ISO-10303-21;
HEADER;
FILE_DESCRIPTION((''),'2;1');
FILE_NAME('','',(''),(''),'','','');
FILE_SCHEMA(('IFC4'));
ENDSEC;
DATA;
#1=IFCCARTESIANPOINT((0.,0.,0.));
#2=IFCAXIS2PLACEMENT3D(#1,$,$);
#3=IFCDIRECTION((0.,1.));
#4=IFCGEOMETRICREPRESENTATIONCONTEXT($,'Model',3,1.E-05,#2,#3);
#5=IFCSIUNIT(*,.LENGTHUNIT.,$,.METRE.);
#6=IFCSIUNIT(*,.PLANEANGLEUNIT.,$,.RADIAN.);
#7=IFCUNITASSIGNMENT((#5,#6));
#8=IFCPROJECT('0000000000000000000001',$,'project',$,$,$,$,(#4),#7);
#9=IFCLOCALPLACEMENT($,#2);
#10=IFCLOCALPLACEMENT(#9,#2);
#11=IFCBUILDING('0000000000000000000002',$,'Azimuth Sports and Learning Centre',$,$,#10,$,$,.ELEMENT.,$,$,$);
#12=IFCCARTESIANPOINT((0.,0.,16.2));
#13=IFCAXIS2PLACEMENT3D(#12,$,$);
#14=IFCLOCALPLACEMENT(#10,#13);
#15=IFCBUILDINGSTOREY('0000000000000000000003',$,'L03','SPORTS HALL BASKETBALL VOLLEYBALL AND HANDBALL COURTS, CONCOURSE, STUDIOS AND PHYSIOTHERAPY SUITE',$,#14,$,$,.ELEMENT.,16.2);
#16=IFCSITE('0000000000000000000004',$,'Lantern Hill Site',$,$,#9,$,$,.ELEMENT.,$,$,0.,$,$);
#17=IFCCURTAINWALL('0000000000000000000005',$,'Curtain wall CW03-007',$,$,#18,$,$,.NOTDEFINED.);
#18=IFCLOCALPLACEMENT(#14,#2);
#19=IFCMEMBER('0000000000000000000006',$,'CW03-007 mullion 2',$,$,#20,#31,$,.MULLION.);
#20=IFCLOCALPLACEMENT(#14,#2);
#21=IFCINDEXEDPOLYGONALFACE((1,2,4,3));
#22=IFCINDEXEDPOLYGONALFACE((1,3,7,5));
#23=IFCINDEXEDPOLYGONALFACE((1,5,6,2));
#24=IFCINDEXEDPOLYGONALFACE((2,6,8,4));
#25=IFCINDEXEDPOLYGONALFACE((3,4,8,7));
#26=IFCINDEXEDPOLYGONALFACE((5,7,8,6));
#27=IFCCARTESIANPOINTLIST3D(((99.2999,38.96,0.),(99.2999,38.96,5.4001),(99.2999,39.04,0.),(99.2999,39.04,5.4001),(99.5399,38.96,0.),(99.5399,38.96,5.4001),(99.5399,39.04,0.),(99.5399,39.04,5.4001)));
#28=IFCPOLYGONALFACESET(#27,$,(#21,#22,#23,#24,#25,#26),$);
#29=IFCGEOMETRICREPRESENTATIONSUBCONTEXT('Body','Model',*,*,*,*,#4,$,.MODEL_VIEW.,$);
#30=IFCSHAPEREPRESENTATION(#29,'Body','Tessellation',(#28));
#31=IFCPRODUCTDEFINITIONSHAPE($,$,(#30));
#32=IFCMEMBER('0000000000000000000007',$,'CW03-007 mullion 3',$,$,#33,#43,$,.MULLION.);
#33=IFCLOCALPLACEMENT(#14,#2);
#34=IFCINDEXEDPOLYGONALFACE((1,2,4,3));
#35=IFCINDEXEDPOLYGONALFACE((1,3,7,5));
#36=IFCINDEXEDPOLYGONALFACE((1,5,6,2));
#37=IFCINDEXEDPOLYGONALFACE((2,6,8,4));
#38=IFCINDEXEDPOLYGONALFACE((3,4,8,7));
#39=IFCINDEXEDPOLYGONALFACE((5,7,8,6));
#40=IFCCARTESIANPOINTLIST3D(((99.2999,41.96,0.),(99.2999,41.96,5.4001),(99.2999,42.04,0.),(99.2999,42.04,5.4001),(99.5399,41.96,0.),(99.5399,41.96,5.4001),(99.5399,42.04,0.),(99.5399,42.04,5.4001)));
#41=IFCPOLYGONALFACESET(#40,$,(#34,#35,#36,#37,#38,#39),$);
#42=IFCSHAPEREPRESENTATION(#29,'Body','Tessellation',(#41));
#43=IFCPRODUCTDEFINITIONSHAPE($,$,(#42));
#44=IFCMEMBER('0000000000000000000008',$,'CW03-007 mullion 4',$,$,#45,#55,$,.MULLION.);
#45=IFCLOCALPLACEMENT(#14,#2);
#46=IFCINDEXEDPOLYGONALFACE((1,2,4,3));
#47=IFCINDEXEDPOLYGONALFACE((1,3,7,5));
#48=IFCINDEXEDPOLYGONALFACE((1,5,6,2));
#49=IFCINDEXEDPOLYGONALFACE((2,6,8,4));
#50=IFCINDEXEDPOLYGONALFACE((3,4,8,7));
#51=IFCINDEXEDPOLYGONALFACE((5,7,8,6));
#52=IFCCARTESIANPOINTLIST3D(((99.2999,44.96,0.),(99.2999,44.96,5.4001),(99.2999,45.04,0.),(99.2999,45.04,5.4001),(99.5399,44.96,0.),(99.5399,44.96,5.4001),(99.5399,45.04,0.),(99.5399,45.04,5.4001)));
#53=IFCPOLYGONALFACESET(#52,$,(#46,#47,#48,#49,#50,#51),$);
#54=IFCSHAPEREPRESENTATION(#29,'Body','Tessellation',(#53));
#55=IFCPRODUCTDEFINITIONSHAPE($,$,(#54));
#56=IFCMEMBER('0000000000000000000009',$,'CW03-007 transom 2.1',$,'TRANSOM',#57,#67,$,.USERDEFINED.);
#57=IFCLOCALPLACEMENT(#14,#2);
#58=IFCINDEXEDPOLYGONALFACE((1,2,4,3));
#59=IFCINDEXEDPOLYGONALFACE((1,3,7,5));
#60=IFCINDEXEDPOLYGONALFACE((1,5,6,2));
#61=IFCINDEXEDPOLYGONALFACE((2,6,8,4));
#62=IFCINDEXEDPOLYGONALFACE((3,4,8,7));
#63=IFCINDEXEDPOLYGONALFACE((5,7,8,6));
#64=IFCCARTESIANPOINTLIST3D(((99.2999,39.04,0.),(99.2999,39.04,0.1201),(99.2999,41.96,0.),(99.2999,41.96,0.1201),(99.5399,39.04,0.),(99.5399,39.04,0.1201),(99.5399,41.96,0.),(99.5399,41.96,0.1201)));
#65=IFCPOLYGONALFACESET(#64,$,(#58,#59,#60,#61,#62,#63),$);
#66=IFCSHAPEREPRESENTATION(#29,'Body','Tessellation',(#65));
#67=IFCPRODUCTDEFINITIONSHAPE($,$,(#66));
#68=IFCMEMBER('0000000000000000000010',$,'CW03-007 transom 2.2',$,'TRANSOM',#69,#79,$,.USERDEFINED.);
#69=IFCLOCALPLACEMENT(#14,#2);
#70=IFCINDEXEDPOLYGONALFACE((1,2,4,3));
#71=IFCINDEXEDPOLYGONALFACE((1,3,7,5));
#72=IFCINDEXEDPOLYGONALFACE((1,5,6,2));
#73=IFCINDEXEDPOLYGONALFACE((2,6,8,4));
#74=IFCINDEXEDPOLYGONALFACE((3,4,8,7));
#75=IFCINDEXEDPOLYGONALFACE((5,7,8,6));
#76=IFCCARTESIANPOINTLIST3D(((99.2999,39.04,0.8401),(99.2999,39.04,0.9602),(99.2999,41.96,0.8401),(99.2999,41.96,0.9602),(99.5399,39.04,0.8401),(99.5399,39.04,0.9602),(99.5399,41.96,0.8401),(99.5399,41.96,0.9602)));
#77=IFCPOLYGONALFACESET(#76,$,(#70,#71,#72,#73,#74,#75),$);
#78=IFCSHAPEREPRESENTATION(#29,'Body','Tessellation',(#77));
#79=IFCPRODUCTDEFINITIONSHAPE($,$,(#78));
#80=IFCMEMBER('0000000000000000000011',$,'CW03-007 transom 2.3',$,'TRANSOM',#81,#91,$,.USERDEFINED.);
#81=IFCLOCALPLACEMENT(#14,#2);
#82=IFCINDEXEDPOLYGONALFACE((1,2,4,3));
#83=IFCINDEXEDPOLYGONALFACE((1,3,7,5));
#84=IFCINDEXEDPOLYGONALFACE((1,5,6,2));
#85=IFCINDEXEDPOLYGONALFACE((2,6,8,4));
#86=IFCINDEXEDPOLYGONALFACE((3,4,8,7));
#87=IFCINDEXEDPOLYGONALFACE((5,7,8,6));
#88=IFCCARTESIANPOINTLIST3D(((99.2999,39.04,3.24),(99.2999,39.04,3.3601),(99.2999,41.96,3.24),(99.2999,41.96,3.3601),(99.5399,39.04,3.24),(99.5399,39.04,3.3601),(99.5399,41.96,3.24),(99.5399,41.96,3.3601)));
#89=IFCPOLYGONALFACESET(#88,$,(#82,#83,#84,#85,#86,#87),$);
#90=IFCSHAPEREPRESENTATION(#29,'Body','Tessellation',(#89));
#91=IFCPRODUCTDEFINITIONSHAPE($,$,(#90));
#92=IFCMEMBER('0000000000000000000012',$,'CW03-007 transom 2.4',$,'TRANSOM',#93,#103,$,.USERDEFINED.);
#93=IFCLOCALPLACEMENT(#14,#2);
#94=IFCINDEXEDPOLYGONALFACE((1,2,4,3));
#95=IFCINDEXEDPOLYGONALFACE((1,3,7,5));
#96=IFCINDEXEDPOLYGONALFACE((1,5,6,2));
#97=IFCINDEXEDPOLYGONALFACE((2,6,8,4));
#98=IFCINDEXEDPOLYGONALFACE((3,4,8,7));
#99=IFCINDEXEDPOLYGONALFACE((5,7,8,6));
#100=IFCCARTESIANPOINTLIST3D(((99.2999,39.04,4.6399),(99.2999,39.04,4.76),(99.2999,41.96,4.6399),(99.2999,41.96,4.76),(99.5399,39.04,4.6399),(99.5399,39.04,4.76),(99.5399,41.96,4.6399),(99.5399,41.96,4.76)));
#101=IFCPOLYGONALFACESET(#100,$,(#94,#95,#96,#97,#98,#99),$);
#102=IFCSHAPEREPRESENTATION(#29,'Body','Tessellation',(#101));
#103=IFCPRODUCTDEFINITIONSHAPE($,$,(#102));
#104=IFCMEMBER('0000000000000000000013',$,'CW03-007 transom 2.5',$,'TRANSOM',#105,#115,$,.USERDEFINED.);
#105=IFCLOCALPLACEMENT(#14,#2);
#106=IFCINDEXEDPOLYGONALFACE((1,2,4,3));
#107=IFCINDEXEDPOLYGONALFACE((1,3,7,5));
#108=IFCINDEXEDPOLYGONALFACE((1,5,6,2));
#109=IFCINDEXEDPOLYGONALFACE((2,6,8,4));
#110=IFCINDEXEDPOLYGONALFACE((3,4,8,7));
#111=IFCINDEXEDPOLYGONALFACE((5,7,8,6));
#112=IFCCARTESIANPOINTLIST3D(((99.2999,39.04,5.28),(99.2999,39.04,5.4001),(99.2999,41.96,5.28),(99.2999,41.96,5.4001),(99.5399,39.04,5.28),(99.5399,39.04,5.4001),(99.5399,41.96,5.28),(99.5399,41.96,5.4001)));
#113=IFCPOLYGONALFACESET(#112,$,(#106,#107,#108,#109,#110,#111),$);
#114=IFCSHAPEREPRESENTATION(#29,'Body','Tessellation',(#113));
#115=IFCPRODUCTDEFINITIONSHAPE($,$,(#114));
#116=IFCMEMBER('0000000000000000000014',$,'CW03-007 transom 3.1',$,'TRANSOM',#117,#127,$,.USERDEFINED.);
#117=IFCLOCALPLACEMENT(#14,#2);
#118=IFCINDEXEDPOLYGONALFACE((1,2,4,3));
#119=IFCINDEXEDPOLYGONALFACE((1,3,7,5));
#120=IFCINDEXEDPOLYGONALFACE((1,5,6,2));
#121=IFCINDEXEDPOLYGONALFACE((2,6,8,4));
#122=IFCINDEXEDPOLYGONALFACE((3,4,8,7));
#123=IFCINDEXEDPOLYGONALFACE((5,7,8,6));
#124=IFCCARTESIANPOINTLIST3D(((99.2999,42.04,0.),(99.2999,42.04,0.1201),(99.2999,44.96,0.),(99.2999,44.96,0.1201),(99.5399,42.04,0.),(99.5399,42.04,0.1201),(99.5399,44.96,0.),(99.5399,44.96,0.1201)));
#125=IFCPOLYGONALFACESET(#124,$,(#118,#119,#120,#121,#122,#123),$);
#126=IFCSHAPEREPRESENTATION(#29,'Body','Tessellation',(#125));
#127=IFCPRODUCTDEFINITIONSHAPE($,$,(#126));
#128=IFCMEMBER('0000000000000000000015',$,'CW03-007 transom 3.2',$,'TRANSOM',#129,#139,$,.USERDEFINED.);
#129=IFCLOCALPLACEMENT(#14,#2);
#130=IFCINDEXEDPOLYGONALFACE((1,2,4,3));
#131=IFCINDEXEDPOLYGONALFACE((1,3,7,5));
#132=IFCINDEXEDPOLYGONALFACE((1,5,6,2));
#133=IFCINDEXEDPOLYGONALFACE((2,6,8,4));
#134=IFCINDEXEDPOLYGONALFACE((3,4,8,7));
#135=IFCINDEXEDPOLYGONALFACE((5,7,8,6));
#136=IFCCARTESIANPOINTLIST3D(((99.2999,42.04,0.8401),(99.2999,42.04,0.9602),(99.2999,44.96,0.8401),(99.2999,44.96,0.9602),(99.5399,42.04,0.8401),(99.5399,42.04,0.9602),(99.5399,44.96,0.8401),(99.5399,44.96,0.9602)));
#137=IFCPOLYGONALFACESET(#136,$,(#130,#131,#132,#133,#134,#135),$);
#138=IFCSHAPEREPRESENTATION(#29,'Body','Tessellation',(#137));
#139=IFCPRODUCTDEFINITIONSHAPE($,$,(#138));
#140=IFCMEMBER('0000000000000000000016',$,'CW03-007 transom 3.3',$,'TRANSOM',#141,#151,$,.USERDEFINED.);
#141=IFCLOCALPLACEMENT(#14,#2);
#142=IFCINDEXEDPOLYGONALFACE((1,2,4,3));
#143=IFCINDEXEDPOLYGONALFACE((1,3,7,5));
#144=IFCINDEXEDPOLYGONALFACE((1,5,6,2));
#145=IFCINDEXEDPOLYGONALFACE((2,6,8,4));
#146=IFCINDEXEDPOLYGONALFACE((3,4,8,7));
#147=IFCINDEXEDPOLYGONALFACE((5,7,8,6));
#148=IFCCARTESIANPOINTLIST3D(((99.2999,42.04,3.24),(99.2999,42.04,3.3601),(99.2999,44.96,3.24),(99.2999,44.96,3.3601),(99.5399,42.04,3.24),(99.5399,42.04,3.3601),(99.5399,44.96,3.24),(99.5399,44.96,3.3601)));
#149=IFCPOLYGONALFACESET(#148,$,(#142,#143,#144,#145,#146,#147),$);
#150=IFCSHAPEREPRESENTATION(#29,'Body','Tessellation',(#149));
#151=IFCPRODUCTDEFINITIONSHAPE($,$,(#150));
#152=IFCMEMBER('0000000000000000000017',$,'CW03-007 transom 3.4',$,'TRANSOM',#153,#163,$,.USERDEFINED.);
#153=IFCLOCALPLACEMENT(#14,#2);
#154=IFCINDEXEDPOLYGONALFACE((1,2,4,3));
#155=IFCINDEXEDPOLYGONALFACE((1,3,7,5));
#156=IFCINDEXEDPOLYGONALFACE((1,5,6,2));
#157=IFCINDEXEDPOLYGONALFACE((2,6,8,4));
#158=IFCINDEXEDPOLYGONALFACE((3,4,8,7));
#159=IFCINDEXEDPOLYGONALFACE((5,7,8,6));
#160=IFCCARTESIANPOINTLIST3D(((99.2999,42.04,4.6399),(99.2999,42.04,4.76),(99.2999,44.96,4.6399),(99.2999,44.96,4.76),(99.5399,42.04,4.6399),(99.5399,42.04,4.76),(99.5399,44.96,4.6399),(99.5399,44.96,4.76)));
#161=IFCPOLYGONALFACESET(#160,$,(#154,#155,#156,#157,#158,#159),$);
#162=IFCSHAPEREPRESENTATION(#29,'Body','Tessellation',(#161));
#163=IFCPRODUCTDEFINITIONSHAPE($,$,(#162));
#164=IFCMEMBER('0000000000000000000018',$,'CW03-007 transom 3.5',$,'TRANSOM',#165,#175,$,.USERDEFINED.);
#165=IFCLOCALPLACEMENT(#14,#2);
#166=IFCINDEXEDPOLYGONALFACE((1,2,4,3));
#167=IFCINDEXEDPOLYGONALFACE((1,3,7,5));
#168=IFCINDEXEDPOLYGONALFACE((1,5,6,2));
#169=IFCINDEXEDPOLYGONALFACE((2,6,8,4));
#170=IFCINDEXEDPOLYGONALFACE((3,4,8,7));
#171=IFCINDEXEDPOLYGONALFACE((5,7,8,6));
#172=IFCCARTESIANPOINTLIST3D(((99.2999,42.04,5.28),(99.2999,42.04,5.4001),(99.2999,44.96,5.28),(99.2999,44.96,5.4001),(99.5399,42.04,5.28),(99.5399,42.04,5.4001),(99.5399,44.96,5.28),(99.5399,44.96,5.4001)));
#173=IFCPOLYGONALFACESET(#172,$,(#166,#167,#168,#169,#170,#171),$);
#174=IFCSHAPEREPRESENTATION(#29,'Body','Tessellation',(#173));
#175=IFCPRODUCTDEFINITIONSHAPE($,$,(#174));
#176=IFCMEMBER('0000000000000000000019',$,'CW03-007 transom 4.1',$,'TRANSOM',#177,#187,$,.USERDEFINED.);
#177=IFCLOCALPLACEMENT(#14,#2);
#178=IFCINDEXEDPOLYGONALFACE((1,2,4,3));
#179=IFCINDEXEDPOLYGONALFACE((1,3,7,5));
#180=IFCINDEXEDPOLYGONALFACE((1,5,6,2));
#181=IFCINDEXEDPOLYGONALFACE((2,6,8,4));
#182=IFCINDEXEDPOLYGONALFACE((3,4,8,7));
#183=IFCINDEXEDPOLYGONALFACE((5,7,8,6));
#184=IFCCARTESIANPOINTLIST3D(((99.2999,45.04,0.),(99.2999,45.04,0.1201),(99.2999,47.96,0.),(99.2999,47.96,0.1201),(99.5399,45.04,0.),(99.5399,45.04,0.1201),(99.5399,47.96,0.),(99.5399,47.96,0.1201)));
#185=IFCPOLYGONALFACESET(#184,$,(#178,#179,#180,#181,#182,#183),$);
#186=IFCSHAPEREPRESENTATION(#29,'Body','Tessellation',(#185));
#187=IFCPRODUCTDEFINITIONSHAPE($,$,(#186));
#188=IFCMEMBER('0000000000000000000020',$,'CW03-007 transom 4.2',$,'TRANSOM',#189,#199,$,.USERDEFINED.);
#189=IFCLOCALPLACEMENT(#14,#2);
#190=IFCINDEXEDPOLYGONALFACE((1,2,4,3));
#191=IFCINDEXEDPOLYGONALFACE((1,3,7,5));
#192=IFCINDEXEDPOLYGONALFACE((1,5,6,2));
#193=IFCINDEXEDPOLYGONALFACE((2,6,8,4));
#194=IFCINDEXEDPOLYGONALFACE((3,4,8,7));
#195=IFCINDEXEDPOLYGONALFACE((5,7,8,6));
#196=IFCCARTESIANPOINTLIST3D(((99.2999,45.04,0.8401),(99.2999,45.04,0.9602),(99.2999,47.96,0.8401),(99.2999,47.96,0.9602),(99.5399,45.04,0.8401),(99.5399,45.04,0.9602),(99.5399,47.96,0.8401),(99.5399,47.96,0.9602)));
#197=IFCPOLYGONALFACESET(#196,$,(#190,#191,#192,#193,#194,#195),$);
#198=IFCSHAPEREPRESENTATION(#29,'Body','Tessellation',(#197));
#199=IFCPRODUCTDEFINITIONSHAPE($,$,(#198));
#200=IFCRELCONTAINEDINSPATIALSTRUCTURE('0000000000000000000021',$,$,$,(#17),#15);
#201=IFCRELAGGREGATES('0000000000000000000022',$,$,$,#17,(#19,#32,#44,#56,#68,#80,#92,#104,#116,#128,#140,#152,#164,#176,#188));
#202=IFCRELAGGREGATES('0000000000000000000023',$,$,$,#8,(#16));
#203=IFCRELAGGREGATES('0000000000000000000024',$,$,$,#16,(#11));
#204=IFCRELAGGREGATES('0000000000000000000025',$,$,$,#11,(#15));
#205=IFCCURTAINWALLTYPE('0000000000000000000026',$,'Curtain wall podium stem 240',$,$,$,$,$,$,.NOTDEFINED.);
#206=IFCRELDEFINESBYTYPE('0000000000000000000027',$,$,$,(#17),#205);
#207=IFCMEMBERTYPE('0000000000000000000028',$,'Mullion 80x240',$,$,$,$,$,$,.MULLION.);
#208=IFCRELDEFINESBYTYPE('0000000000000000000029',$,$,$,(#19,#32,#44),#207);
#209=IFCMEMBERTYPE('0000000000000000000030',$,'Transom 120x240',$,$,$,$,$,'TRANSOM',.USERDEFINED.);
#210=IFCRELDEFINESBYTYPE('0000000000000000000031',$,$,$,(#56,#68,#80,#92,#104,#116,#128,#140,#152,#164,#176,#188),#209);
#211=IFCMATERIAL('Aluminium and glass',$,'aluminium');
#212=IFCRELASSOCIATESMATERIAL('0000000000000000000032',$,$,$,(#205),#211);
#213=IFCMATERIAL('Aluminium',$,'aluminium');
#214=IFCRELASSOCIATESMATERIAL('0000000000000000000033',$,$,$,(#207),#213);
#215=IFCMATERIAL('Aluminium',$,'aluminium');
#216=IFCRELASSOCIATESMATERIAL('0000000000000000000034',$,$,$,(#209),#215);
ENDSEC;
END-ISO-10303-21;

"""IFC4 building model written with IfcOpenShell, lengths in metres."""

from ifc_helpers import new_model, si_unit, direction, frame, origin, origin_2d, place, context, subcontext, project, spatial, rectangle, extrude, material, material_profile, profile_set, type_object, element, aggregate, save


model = new_model("IFC4")

# Units and contexts
model_context = context("Model", 3, precision=1e-05, world=origin(), true_north=direction((0.0, 1.0)))
body_context = subcontext(model_context, "Body", "Model", "MODEL_VIEW")
ifc_project = project(units=[si_unit("LENGTHUNIT", "METRE"), si_unit("PLANEANGLEUNIT", "RADIAN")], contexts=[model_context])

# Site, building, storey
site_placement = place(None, origin())
site = spatial("IfcSite", under=ifc_project, at=site_placement, Name="Lantern Hill Site", CompositionType="ELEMENT", RefElevation=0.0)
building_placement = place(site_placement, origin())
building = spatial("IfcBuilding", under=site, at=building_placement, Name="Azimuth Sports and Learning Centre", CompositionType="ELEMENT")
storey_placement = place(building_placement, frame((0.0, 0.0, 16.2)))
storey = spatial("IfcBuildingStorey", under=building, at=storey_placement, Name="L03", Description="SPORTS HALL BASKETBALL VOLLEYBALL AND HANDBALL COURTS, CONCOURSE, STUDIOS AND PHYSIOTHERAPY SUITE", CompositionType="ELEMENT", Elevation=16.2)

# Curtain wall, members
ifc_material_1 = material(Name="Aluminium and glass", Category="aluminium")
curtain_wall_type = type_object("IfcCurtainWallType", Name="Curtain wall podium stem 240", PredefinedType="NOTDEFINED", material=ifc_material_1)
curtain_wall_placement = place(storey_placement, origin())
curtain_wall = element("IfcCurtainWall", 1, at=curtain_wall_placement, inside=storey, type_object=curtain_wall_type, Name="Curtain wall CW03-007", PredefinedType="NOTDEFINED")
ifc_material_2 = material(Name="Aluminium", Category="aluminium")
ifc_material_profile_1 = material_profile(ifc_material_2, rectangle(XDim=0.24, YDim=0.0801, at=origin_2d()), Name="Mullion 80x240")
ifc_profile_set_1 = profile_set([ifc_material_profile_1], Name="Aluminium")
member_type_1 = type_object("IfcMemberType", Name="Mullion 80x240", PredefinedType="MULLION", material=ifc_profile_set_1)
member_1_placement = place(storey_placement, frame((99.4199, 39.0, 0.0), z_axis=(0.0, 0.0, 1.0), x_axis=(-1.0, 0.0, 0.0)))
member_1 = element("IfcMember", 2, at=member_1_placement, type_object=member_type_1, Name="CW03-007 mullion 2", PredefinedType="MULLION", context=body_context, shape_type="SweptSolid", body=[
    extrude(rectangle(XDim=0.24, YDim=0.0801, at=origin_2d()), origin(), (0.0, 0.0, 1.0), 5.4001),
])
member_2_placement = place(storey_placement, frame((99.4199, 42.0, 0.0), z_axis=(0.0, 0.0, 1.0), x_axis=(-1.0, 0.0, 0.0)))
member_2 = element("IfcMember", 3, at=member_2_placement, type_object=member_type_1, Name="CW03-007 mullion 3", PredefinedType="MULLION", context=body_context, shape_type="SweptSolid", body=[
    extrude(rectangle(XDim=0.24, YDim=0.0801, at=origin_2d()), origin(), (0.0, 0.0, 1.0), 5.4001),
])
member_3_placement = place(storey_placement, frame((99.4199, 45.0, 0.0), z_axis=(0.0, 0.0, 1.0), x_axis=(-1.0, 0.0, 0.0)))
member_3 = element("IfcMember", 4, at=member_3_placement, type_object=member_type_1, Name="CW03-007 mullion 4", PredefinedType="MULLION", context=body_context, shape_type="SweptSolid", body=[
    extrude(rectangle(XDim=0.24, YDim=0.0801, at=origin_2d()), origin(), (0.0, 0.0, 1.0), 5.4001),
])
ifc_material_3 = material(Name="Aluminium", Category="aluminium")
ifc_material_profile_2 = material_profile(ifc_material_3, rectangle(XDim=0.24, YDim=0.1201, at=origin_2d()), Name="Transom 120x240")
ifc_profile_set_2 = profile_set([ifc_material_profile_2], Name="Aluminium")
member_type_2 = type_object("IfcMemberType", Name="Transom 120x240", ElementType="TRANSOM", PredefinedType="USERDEFINED", material=ifc_profile_set_2)
member_4_placement = place(storey_placement, frame((99.4199, 39.04, 0.0601), z_axis=(0.0, 1.0, 0.0), x_axis=(-1.0, 0.0, 0.0)))
member_4 = element("IfcMember", 5, at=member_4_placement, type_object=member_type_2, Name="CW03-007 transom 2.1", ObjectType="TRANSOM", PredefinedType="USERDEFINED", context=body_context, shape_type="SweptSolid", body=[
    extrude(rectangle(XDim=0.24, YDim=0.1201, at=origin_2d()), origin(), (0.0, 0.0, 1.0), 2.9199),
])
member_5_placement = place(storey_placement, frame((99.4199, 39.04, 0.9001), z_axis=(0.0, 1.0, 0.0), x_axis=(-1.0, 0.0, 0.0)))
member_5 = element("IfcMember", 6, at=member_5_placement, type_object=member_type_2, Name="CW03-007 transom 2.2", ObjectType="TRANSOM", PredefinedType="USERDEFINED", context=body_context, shape_type="SweptSolid", body=[
    extrude(rectangle(XDim=0.24, YDim=0.1201, at=origin_2d()), origin(), (0.0, 0.0, 1.0), 2.9199),
])
member_6_placement = place(storey_placement, frame((99.4199, 39.04, 3.3), z_axis=(0.0, 1.0, 0.0), x_axis=(-1.0, 0.0, 0.0)))
member_6 = element("IfcMember", 7, at=member_6_placement, type_object=member_type_2, Name="CW03-007 transom 2.3", ObjectType="TRANSOM", PredefinedType="USERDEFINED", context=body_context, shape_type="SweptSolid", body=[
    extrude(rectangle(XDim=0.24, YDim=0.1201, at=origin_2d()), origin(), (0.0, 0.0, 1.0), 2.9199),
])
member_7_placement = place(storey_placement, frame((99.4199, 39.04, 4.7), z_axis=(0.0, 1.0, 0.0), x_axis=(-1.0, 0.0, 0.0)))
member_7 = element("IfcMember", 8, at=member_7_placement, type_object=member_type_2, Name="CW03-007 transom 2.4", ObjectType="TRANSOM", PredefinedType="USERDEFINED", context=body_context, shape_type="SweptSolid", body=[
    extrude(rectangle(XDim=0.24, YDim=0.1201, at=origin_2d()), origin(), (0.0, 0.0, 1.0), 2.9199),
])
member_8_placement = place(storey_placement, frame((99.4199, 39.04, 5.3401), z_axis=(0.0, 1.0, 0.0), x_axis=(-1.0, 0.0, 0.0)))
member_8 = element("IfcMember", 9, at=member_8_placement, type_object=member_type_2, Name="CW03-007 transom 2.5", ObjectType="TRANSOM", PredefinedType="USERDEFINED", context=body_context, shape_type="SweptSolid", body=[
    extrude(rectangle(XDim=0.24, YDim=0.1201, at=origin_2d()), origin(), (0.0, 0.0, 1.0), 2.9199),
])
member_9_placement = place(storey_placement, frame((99.4199, 42.04, 0.0601), z_axis=(0.0, 1.0, 0.0), x_axis=(-1.0, 0.0, 0.0)))
member_9 = element("IfcMember", 10, at=member_9_placement, type_object=member_type_2, Name="CW03-007 transom 3.1", ObjectType="TRANSOM", PredefinedType="USERDEFINED", context=body_context, shape_type="SweptSolid", body=[
    extrude(rectangle(XDim=0.24, YDim=0.1201, at=origin_2d()), origin(), (0.0, 0.0, 1.0), 2.9199),
])
member_10_placement = place(storey_placement, frame((99.4199, 42.04, 0.9001), z_axis=(0.0, 1.0, 0.0), x_axis=(-1.0, 0.0, 0.0)))
member_10 = element("IfcMember", 11, at=member_10_placement, type_object=member_type_2, Name="CW03-007 transom 3.2", ObjectType="TRANSOM", PredefinedType="USERDEFINED", context=body_context, shape_type="SweptSolid", body=[
    extrude(rectangle(XDim=0.24, YDim=0.1201, at=origin_2d()), origin(), (0.0, 0.0, 1.0), 2.9199),
])
member_11_placement = place(storey_placement, frame((99.4199, 42.04, 3.3), z_axis=(0.0, 1.0, 0.0), x_axis=(-1.0, 0.0, 0.0)))
member_11 = element("IfcMember", 12, at=member_11_placement, type_object=member_type_2, Name="CW03-007 transom 3.3", ObjectType="TRANSOM", PredefinedType="USERDEFINED", context=body_context, shape_type="SweptSolid", body=[
    extrude(rectangle(XDim=0.24, YDim=0.1201, at=origin_2d()), origin(), (0.0, 0.0, 1.0), 2.9199),
])
member_12_placement = place(storey_placement, frame((99.4199, 42.04, 4.7), z_axis=(0.0, 1.0, 0.0), x_axis=(-1.0, 0.0, 0.0)))
member_12 = element("IfcMember", 13, at=member_12_placement, type_object=member_type_2, Name="CW03-007 transom 3.4", ObjectType="TRANSOM", PredefinedType="USERDEFINED", context=body_context, shape_type="SweptSolid", body=[
    extrude(rectangle(XDim=0.24, YDim=0.1201, at=origin_2d()), origin(), (0.0, 0.0, 1.0), 2.9199),
])
member_13_placement = place(storey_placement, frame((99.4199, 42.04, 5.3401), z_axis=(0.0, 1.0, 0.0), x_axis=(-1.0, 0.0, 0.0)))
member_13 = element("IfcMember", 14, at=member_13_placement, type_object=member_type_2, Name="CW03-007 transom 3.5", ObjectType="TRANSOM", PredefinedType="USERDEFINED", context=body_context, shape_type="SweptSolid", body=[
    extrude(rectangle(XDim=0.24, YDim=0.1201, at=origin_2d()), origin(), (0.0, 0.0, 1.0), 2.9199),
])
member_14_placement = place(storey_placement, frame((99.4199, 45.04, 0.0601), z_axis=(0.0, 1.0, 0.0), x_axis=(-1.0, 0.0, 0.0)))
member_14 = element("IfcMember", 15, at=member_14_placement, type_object=member_type_2, Name="CW03-007 transom 4.1", ObjectType="TRANSOM", PredefinedType="USERDEFINED", context=body_context, shape_type="SweptSolid", body=[
    extrude(rectangle(XDim=0.24, YDim=0.1201, at=origin_2d()), origin(), (0.0, 0.0, 1.0), 2.9199),
])
member_15_placement = place(storey_placement, frame((99.4199, 45.04, 0.9001), z_axis=(0.0, 1.0, 0.0), x_axis=(-1.0, 0.0, 0.0)))
member_15 = element("IfcMember", 16, at=member_15_placement, type_object=member_type_2, Name="CW03-007 transom 4.2", ObjectType="TRANSOM", PredefinedType="USERDEFINED", context=body_context, shape_type="SweptSolid", body=[
    extrude(rectangle(XDim=0.24, YDim=0.1201, at=origin_2d()), origin(), (0.0, 0.0, 1.0), 2.9199),
])
aggregate(curtain_wall, [member_1, member_2, member_3, member_4, member_5, member_6, member_7, member_8, member_9, member_10, member_11, member_12, member_13, member_14, member_15])

save(model, "model.ifc")
